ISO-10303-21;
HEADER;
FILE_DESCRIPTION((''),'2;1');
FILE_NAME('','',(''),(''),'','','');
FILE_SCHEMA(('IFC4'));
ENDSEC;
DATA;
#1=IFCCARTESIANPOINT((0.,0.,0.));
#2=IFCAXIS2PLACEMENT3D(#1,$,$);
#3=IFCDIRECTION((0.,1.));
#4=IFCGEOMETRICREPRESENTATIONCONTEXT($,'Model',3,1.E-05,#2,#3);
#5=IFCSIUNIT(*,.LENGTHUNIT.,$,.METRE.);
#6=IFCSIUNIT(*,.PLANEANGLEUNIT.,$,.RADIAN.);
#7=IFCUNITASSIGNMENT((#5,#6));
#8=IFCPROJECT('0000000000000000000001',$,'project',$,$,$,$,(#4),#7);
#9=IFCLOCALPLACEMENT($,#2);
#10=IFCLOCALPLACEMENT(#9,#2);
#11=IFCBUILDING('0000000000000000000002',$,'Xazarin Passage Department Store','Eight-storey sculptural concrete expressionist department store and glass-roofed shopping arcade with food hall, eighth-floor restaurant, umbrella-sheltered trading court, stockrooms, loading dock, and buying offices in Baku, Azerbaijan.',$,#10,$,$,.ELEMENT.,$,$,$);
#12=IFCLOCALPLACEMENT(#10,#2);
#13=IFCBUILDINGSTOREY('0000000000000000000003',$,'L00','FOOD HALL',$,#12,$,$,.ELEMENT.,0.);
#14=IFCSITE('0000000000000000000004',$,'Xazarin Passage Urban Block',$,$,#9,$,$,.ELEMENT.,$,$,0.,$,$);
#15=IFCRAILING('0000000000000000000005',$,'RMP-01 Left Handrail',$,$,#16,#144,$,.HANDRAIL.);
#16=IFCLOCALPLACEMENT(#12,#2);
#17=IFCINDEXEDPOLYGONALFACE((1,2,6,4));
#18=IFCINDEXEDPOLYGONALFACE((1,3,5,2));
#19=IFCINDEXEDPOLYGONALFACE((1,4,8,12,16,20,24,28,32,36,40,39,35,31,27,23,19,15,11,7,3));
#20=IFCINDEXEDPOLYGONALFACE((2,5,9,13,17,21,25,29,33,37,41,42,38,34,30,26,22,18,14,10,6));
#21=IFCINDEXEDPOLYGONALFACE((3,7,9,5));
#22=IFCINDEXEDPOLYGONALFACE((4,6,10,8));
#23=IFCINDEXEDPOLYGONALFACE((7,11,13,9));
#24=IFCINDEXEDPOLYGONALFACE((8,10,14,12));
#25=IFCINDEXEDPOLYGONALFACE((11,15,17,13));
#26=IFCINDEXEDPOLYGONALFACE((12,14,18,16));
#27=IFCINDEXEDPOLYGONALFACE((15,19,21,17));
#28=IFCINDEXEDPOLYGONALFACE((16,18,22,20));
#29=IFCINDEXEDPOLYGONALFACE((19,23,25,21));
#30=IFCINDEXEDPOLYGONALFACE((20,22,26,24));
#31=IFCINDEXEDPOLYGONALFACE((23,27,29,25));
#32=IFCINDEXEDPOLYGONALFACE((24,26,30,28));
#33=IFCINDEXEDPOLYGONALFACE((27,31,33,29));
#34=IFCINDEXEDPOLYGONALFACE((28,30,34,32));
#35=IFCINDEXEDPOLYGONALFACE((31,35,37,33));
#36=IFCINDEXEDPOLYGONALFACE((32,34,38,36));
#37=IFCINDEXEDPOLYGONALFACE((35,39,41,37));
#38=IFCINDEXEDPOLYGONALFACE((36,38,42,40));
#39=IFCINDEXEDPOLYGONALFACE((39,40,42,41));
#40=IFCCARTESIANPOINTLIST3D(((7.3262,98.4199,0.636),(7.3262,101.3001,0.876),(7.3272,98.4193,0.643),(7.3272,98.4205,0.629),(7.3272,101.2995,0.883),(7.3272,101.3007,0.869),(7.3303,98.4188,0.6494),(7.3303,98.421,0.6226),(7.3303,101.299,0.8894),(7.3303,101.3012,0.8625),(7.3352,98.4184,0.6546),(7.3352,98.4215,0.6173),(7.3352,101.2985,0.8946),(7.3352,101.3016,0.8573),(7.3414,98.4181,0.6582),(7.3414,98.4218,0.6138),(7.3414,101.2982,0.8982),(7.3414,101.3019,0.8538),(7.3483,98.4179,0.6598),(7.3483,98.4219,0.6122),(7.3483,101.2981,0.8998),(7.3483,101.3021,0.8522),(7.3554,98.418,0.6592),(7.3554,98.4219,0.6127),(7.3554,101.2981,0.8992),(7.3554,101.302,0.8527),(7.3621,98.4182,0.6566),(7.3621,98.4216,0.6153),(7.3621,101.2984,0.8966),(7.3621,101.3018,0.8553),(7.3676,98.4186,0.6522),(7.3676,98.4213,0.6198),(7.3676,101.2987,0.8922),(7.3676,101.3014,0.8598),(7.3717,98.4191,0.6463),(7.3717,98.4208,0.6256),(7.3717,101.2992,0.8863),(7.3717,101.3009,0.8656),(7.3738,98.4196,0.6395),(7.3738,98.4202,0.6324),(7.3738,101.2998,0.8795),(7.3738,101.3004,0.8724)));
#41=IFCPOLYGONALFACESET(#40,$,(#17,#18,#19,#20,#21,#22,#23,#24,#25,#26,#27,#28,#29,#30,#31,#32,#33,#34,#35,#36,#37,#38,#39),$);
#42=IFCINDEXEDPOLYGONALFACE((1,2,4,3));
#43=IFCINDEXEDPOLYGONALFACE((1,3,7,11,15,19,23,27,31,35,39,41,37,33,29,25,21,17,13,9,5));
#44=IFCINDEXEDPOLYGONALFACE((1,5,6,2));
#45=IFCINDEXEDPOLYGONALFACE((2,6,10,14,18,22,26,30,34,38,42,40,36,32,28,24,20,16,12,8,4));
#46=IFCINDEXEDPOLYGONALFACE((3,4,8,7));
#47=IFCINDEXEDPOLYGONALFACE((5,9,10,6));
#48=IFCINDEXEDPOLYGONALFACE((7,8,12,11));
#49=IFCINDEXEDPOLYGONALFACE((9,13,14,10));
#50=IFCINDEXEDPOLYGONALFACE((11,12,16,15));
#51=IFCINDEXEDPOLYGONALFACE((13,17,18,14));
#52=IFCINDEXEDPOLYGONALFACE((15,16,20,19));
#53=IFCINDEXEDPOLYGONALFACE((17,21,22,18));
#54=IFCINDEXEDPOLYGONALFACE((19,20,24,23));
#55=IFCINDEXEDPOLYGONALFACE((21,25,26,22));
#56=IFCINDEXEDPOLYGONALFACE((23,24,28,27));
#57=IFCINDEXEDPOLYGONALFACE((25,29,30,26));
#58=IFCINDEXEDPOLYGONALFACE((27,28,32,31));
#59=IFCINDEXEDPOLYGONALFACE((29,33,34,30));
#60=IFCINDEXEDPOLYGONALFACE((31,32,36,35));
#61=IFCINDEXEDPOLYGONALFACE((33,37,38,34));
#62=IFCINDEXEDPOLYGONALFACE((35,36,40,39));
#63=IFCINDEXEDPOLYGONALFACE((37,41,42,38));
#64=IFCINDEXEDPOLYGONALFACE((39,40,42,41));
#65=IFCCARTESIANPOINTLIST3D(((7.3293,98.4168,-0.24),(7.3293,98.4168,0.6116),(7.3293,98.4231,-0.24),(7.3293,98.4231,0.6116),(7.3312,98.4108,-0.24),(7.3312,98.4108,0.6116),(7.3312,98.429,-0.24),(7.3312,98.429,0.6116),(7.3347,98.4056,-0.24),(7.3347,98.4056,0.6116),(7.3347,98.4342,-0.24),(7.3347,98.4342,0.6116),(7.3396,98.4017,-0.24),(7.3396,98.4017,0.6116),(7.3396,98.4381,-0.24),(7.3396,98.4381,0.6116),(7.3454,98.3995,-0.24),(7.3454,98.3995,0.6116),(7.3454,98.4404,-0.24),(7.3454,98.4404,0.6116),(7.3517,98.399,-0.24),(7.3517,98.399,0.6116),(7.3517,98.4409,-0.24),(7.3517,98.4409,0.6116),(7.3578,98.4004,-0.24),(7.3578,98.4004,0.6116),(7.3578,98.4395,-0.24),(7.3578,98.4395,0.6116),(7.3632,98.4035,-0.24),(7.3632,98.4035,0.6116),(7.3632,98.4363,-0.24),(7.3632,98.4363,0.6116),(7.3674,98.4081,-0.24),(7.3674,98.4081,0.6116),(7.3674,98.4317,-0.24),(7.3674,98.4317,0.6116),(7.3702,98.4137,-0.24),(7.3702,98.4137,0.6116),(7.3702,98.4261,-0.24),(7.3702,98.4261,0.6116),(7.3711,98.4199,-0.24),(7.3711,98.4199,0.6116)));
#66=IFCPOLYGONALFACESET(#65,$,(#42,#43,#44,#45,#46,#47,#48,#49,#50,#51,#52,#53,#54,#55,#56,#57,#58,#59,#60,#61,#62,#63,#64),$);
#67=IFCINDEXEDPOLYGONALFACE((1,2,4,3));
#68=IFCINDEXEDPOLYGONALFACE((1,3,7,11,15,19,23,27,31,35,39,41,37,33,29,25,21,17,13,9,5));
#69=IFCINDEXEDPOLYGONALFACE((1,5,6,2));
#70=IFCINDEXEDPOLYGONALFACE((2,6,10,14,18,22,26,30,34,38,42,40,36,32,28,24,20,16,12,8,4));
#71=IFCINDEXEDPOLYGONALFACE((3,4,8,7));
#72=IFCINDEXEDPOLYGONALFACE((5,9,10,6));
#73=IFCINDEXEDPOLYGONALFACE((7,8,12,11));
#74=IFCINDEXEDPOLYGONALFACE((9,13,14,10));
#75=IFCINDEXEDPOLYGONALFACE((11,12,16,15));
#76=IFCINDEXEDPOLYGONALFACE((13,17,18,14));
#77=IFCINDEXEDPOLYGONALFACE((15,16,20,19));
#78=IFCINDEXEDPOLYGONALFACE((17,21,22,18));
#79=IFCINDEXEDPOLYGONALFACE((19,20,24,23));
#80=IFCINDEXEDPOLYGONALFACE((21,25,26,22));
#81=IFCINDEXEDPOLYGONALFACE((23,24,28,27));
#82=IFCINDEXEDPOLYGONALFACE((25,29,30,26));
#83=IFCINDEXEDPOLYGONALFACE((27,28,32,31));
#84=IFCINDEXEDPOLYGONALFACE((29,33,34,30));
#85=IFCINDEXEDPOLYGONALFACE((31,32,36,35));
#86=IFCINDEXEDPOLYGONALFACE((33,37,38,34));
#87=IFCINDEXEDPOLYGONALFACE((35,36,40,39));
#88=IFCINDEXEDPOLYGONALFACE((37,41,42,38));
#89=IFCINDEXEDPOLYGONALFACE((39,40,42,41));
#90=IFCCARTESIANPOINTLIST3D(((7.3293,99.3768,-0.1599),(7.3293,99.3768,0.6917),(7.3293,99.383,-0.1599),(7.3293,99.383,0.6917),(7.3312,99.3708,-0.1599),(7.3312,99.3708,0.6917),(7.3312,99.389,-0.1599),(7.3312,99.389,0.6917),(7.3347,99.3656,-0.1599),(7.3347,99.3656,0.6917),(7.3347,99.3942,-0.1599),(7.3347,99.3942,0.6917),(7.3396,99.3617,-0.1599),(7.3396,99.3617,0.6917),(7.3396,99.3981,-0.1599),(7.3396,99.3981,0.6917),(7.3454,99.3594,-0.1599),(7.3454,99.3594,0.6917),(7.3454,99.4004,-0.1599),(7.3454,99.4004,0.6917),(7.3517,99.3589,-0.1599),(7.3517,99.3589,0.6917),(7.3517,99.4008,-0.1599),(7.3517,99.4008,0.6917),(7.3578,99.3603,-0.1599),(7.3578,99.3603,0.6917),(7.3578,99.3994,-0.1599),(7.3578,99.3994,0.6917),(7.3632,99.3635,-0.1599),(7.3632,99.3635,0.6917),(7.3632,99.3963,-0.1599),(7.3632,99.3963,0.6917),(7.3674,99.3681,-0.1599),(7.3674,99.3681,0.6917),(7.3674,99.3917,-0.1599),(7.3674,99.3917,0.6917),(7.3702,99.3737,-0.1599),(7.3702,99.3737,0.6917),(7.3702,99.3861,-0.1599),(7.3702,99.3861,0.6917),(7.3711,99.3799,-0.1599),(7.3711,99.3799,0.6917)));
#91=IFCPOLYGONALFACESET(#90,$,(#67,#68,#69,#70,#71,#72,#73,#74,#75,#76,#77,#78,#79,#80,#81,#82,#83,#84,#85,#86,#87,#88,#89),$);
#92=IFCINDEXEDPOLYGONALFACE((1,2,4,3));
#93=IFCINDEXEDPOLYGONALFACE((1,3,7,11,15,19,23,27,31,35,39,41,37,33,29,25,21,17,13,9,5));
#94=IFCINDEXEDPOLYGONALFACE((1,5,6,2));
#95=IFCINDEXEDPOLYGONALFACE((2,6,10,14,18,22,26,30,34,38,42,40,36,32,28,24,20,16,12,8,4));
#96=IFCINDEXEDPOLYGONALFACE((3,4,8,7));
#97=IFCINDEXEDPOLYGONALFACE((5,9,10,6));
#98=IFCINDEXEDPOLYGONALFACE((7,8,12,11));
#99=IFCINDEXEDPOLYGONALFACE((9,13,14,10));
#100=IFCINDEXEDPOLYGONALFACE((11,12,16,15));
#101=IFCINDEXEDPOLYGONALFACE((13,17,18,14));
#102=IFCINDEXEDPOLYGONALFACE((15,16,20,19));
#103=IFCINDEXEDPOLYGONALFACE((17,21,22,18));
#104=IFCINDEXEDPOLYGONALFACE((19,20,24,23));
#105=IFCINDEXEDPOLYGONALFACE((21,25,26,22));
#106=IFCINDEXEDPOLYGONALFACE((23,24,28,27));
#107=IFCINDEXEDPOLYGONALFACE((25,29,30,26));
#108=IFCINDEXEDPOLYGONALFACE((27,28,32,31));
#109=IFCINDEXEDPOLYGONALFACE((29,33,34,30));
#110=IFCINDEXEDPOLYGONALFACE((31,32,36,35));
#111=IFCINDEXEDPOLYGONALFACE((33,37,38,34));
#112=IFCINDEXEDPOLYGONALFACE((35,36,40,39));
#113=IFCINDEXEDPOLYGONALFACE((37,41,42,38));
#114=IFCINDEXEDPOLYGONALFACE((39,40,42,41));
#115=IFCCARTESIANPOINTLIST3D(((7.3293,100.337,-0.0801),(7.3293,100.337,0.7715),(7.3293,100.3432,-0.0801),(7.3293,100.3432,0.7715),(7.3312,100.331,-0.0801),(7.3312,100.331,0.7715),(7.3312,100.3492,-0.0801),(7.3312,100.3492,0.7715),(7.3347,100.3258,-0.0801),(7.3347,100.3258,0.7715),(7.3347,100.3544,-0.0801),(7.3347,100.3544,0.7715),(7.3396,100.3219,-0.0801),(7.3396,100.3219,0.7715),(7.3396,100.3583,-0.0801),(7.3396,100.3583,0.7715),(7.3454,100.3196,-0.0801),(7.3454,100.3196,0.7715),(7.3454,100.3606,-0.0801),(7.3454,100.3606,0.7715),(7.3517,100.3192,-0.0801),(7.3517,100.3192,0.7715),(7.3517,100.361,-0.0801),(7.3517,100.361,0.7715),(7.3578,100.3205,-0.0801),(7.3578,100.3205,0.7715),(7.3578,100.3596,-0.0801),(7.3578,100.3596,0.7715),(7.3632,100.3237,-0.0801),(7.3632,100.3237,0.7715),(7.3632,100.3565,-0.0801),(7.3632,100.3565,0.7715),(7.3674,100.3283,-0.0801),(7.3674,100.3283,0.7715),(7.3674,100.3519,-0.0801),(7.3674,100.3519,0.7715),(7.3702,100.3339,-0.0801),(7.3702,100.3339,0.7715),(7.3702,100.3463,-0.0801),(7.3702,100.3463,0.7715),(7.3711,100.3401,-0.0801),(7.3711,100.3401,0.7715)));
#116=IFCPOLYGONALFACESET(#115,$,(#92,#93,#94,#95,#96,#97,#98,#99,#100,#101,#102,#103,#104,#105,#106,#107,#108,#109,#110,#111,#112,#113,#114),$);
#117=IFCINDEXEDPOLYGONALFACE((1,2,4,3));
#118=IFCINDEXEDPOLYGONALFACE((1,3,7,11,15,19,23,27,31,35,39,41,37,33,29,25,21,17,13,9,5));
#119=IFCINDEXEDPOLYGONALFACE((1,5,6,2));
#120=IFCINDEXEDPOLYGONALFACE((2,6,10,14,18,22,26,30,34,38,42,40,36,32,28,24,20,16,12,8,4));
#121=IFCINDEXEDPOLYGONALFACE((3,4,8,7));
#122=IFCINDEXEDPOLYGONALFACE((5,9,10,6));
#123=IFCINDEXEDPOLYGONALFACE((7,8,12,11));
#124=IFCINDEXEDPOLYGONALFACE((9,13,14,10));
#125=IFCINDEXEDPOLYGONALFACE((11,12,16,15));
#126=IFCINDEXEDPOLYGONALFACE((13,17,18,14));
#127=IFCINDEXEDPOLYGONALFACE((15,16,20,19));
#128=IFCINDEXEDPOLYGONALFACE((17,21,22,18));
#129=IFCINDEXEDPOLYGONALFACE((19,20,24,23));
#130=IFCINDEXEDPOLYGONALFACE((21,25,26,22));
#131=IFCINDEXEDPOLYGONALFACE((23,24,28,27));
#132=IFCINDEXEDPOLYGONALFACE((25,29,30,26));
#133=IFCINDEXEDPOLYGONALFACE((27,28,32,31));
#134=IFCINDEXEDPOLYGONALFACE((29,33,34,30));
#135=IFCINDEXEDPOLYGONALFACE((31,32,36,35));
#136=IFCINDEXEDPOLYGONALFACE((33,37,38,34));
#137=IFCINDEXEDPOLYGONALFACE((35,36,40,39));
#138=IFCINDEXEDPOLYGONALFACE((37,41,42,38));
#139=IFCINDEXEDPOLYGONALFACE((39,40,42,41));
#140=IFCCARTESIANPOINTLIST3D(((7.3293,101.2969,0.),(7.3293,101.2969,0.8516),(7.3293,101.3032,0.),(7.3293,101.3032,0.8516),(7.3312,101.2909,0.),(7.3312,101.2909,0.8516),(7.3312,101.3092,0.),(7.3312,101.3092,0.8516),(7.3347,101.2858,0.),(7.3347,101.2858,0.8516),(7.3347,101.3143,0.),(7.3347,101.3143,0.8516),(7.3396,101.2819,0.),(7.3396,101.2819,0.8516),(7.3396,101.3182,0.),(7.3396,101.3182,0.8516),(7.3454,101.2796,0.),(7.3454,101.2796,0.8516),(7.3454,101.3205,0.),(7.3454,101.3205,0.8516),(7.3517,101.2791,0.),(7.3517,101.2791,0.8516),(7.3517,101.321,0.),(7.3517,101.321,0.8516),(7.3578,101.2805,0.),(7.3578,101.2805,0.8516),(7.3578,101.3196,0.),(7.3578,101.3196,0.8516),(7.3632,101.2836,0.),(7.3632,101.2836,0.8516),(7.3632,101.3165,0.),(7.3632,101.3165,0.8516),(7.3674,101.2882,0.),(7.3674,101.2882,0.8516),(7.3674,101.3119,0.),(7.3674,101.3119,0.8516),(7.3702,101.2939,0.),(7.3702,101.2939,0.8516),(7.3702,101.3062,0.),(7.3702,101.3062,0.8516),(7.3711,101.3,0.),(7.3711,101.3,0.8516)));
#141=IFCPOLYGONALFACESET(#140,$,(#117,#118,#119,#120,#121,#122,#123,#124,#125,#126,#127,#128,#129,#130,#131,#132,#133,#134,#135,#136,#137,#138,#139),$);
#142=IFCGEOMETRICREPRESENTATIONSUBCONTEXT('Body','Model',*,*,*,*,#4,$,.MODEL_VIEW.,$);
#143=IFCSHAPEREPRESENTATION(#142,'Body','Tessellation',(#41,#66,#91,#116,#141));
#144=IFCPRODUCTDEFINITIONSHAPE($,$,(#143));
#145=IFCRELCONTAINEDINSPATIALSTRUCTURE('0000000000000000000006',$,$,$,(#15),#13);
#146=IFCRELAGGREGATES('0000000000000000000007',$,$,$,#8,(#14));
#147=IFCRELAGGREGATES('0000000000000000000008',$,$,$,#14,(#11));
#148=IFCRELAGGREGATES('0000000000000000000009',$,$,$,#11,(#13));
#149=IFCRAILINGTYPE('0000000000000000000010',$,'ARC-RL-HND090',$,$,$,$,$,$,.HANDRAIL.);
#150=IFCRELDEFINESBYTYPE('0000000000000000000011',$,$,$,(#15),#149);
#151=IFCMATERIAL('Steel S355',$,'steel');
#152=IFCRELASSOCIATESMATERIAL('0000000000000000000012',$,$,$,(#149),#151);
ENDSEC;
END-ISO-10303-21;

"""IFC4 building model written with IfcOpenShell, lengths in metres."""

from ifc_helpers import new_model, si_unit, direction, frame, origin, origin_2d, place, context, subcontext, project, spatial, circle, extrude, material, type_object, element, save


model = new_model("IFC4")

# Units and contexts
model_context = context("Model", 3, precision=1e-05, world=origin(), true_north=direction((0.0, 1.0)))
body_context = subcontext(model_context, "Body", "Model", "MODEL_VIEW")
ifc_project = project(units=[si_unit("LENGTHUNIT", "METRE"), si_unit("PLANEANGLEUNIT", "RADIAN")], contexts=[model_context])

# Site, building, storey
site_placement = place(None, origin())
site = spatial("IfcSite", under=ifc_project, at=site_placement, Name="Xazarin Passage Urban Block", CompositionType="ELEMENT", RefElevation=0.0)
building_placement = place(site_placement, origin())
building = spatial("IfcBuilding", under=site, at=building_placement, Name="Xazarin Passage Department Store", Description="Eight-storey sculptural concrete expressionist department store and glass-roofed shopping arcade with food hall, eighth-floor restaurant, umbrella-sheltered trading court, stockrooms, loading dock, and buying offices in Baku, Azerbaijan.", CompositionType="ELEMENT")
storey_placement = place(building_placement, origin())
storey = spatial("IfcBuildingStorey", under=building, at=storey_placement, Name="L00", Description="FOOD HALL", CompositionType="ELEMENT", Elevation=0.0)

# Shared definitions
ifc_material_1 = material(Name="Steel S355", Category="steel")

# Railing
railing_type = type_object("IfcRailingType", Name="ARC-RL-HND090", PredefinedType="HANDRAIL", material=ifc_material_1)
for number, where, name in (
    (1, (7.3501, 98.4199, -0.24), "RMP-01 Left Handrail"),
):
    element("IfcRailing", number, at=place(storey_placement, frame(where)), inside=storey, type_object=railing_type, Name=name, PredefinedType="HANDRAIL", context=body_context, shape_type="SweptSolid", body=[
        extrude(circle(Radius=0.0239, at=origin_2d()), frame((0.0, 0.0, 0.876), z_axis=(0.0, 0.996546, 0.083038), x_axis=(-1.0, 0.0, 0.0)), (0.0, 0.0, 1.0), 2.8901),
        extrude(circle(Radius=0.021, at=origin_2d()), origin(), (0.0, 0.0, 1.0), 0.8516),
        extrude(circle(Radius=0.021, at=origin_2d()), frame((0.0, 0.96, 0.0801)), (0.0, 0.0, 1.0), 0.8516),
        extrude(circle(Radius=0.021, at=origin_2d()), frame((0.0, 1.9202, 0.1599)), (0.0, 0.0, 1.0), 0.8516),
        extrude(circle(Radius=0.021, at=origin_2d()), frame((0.0, 2.8801, 0.24)), (0.0, 0.0, 1.0), 0.8516),
    ])

save(model, "model.ifc")
